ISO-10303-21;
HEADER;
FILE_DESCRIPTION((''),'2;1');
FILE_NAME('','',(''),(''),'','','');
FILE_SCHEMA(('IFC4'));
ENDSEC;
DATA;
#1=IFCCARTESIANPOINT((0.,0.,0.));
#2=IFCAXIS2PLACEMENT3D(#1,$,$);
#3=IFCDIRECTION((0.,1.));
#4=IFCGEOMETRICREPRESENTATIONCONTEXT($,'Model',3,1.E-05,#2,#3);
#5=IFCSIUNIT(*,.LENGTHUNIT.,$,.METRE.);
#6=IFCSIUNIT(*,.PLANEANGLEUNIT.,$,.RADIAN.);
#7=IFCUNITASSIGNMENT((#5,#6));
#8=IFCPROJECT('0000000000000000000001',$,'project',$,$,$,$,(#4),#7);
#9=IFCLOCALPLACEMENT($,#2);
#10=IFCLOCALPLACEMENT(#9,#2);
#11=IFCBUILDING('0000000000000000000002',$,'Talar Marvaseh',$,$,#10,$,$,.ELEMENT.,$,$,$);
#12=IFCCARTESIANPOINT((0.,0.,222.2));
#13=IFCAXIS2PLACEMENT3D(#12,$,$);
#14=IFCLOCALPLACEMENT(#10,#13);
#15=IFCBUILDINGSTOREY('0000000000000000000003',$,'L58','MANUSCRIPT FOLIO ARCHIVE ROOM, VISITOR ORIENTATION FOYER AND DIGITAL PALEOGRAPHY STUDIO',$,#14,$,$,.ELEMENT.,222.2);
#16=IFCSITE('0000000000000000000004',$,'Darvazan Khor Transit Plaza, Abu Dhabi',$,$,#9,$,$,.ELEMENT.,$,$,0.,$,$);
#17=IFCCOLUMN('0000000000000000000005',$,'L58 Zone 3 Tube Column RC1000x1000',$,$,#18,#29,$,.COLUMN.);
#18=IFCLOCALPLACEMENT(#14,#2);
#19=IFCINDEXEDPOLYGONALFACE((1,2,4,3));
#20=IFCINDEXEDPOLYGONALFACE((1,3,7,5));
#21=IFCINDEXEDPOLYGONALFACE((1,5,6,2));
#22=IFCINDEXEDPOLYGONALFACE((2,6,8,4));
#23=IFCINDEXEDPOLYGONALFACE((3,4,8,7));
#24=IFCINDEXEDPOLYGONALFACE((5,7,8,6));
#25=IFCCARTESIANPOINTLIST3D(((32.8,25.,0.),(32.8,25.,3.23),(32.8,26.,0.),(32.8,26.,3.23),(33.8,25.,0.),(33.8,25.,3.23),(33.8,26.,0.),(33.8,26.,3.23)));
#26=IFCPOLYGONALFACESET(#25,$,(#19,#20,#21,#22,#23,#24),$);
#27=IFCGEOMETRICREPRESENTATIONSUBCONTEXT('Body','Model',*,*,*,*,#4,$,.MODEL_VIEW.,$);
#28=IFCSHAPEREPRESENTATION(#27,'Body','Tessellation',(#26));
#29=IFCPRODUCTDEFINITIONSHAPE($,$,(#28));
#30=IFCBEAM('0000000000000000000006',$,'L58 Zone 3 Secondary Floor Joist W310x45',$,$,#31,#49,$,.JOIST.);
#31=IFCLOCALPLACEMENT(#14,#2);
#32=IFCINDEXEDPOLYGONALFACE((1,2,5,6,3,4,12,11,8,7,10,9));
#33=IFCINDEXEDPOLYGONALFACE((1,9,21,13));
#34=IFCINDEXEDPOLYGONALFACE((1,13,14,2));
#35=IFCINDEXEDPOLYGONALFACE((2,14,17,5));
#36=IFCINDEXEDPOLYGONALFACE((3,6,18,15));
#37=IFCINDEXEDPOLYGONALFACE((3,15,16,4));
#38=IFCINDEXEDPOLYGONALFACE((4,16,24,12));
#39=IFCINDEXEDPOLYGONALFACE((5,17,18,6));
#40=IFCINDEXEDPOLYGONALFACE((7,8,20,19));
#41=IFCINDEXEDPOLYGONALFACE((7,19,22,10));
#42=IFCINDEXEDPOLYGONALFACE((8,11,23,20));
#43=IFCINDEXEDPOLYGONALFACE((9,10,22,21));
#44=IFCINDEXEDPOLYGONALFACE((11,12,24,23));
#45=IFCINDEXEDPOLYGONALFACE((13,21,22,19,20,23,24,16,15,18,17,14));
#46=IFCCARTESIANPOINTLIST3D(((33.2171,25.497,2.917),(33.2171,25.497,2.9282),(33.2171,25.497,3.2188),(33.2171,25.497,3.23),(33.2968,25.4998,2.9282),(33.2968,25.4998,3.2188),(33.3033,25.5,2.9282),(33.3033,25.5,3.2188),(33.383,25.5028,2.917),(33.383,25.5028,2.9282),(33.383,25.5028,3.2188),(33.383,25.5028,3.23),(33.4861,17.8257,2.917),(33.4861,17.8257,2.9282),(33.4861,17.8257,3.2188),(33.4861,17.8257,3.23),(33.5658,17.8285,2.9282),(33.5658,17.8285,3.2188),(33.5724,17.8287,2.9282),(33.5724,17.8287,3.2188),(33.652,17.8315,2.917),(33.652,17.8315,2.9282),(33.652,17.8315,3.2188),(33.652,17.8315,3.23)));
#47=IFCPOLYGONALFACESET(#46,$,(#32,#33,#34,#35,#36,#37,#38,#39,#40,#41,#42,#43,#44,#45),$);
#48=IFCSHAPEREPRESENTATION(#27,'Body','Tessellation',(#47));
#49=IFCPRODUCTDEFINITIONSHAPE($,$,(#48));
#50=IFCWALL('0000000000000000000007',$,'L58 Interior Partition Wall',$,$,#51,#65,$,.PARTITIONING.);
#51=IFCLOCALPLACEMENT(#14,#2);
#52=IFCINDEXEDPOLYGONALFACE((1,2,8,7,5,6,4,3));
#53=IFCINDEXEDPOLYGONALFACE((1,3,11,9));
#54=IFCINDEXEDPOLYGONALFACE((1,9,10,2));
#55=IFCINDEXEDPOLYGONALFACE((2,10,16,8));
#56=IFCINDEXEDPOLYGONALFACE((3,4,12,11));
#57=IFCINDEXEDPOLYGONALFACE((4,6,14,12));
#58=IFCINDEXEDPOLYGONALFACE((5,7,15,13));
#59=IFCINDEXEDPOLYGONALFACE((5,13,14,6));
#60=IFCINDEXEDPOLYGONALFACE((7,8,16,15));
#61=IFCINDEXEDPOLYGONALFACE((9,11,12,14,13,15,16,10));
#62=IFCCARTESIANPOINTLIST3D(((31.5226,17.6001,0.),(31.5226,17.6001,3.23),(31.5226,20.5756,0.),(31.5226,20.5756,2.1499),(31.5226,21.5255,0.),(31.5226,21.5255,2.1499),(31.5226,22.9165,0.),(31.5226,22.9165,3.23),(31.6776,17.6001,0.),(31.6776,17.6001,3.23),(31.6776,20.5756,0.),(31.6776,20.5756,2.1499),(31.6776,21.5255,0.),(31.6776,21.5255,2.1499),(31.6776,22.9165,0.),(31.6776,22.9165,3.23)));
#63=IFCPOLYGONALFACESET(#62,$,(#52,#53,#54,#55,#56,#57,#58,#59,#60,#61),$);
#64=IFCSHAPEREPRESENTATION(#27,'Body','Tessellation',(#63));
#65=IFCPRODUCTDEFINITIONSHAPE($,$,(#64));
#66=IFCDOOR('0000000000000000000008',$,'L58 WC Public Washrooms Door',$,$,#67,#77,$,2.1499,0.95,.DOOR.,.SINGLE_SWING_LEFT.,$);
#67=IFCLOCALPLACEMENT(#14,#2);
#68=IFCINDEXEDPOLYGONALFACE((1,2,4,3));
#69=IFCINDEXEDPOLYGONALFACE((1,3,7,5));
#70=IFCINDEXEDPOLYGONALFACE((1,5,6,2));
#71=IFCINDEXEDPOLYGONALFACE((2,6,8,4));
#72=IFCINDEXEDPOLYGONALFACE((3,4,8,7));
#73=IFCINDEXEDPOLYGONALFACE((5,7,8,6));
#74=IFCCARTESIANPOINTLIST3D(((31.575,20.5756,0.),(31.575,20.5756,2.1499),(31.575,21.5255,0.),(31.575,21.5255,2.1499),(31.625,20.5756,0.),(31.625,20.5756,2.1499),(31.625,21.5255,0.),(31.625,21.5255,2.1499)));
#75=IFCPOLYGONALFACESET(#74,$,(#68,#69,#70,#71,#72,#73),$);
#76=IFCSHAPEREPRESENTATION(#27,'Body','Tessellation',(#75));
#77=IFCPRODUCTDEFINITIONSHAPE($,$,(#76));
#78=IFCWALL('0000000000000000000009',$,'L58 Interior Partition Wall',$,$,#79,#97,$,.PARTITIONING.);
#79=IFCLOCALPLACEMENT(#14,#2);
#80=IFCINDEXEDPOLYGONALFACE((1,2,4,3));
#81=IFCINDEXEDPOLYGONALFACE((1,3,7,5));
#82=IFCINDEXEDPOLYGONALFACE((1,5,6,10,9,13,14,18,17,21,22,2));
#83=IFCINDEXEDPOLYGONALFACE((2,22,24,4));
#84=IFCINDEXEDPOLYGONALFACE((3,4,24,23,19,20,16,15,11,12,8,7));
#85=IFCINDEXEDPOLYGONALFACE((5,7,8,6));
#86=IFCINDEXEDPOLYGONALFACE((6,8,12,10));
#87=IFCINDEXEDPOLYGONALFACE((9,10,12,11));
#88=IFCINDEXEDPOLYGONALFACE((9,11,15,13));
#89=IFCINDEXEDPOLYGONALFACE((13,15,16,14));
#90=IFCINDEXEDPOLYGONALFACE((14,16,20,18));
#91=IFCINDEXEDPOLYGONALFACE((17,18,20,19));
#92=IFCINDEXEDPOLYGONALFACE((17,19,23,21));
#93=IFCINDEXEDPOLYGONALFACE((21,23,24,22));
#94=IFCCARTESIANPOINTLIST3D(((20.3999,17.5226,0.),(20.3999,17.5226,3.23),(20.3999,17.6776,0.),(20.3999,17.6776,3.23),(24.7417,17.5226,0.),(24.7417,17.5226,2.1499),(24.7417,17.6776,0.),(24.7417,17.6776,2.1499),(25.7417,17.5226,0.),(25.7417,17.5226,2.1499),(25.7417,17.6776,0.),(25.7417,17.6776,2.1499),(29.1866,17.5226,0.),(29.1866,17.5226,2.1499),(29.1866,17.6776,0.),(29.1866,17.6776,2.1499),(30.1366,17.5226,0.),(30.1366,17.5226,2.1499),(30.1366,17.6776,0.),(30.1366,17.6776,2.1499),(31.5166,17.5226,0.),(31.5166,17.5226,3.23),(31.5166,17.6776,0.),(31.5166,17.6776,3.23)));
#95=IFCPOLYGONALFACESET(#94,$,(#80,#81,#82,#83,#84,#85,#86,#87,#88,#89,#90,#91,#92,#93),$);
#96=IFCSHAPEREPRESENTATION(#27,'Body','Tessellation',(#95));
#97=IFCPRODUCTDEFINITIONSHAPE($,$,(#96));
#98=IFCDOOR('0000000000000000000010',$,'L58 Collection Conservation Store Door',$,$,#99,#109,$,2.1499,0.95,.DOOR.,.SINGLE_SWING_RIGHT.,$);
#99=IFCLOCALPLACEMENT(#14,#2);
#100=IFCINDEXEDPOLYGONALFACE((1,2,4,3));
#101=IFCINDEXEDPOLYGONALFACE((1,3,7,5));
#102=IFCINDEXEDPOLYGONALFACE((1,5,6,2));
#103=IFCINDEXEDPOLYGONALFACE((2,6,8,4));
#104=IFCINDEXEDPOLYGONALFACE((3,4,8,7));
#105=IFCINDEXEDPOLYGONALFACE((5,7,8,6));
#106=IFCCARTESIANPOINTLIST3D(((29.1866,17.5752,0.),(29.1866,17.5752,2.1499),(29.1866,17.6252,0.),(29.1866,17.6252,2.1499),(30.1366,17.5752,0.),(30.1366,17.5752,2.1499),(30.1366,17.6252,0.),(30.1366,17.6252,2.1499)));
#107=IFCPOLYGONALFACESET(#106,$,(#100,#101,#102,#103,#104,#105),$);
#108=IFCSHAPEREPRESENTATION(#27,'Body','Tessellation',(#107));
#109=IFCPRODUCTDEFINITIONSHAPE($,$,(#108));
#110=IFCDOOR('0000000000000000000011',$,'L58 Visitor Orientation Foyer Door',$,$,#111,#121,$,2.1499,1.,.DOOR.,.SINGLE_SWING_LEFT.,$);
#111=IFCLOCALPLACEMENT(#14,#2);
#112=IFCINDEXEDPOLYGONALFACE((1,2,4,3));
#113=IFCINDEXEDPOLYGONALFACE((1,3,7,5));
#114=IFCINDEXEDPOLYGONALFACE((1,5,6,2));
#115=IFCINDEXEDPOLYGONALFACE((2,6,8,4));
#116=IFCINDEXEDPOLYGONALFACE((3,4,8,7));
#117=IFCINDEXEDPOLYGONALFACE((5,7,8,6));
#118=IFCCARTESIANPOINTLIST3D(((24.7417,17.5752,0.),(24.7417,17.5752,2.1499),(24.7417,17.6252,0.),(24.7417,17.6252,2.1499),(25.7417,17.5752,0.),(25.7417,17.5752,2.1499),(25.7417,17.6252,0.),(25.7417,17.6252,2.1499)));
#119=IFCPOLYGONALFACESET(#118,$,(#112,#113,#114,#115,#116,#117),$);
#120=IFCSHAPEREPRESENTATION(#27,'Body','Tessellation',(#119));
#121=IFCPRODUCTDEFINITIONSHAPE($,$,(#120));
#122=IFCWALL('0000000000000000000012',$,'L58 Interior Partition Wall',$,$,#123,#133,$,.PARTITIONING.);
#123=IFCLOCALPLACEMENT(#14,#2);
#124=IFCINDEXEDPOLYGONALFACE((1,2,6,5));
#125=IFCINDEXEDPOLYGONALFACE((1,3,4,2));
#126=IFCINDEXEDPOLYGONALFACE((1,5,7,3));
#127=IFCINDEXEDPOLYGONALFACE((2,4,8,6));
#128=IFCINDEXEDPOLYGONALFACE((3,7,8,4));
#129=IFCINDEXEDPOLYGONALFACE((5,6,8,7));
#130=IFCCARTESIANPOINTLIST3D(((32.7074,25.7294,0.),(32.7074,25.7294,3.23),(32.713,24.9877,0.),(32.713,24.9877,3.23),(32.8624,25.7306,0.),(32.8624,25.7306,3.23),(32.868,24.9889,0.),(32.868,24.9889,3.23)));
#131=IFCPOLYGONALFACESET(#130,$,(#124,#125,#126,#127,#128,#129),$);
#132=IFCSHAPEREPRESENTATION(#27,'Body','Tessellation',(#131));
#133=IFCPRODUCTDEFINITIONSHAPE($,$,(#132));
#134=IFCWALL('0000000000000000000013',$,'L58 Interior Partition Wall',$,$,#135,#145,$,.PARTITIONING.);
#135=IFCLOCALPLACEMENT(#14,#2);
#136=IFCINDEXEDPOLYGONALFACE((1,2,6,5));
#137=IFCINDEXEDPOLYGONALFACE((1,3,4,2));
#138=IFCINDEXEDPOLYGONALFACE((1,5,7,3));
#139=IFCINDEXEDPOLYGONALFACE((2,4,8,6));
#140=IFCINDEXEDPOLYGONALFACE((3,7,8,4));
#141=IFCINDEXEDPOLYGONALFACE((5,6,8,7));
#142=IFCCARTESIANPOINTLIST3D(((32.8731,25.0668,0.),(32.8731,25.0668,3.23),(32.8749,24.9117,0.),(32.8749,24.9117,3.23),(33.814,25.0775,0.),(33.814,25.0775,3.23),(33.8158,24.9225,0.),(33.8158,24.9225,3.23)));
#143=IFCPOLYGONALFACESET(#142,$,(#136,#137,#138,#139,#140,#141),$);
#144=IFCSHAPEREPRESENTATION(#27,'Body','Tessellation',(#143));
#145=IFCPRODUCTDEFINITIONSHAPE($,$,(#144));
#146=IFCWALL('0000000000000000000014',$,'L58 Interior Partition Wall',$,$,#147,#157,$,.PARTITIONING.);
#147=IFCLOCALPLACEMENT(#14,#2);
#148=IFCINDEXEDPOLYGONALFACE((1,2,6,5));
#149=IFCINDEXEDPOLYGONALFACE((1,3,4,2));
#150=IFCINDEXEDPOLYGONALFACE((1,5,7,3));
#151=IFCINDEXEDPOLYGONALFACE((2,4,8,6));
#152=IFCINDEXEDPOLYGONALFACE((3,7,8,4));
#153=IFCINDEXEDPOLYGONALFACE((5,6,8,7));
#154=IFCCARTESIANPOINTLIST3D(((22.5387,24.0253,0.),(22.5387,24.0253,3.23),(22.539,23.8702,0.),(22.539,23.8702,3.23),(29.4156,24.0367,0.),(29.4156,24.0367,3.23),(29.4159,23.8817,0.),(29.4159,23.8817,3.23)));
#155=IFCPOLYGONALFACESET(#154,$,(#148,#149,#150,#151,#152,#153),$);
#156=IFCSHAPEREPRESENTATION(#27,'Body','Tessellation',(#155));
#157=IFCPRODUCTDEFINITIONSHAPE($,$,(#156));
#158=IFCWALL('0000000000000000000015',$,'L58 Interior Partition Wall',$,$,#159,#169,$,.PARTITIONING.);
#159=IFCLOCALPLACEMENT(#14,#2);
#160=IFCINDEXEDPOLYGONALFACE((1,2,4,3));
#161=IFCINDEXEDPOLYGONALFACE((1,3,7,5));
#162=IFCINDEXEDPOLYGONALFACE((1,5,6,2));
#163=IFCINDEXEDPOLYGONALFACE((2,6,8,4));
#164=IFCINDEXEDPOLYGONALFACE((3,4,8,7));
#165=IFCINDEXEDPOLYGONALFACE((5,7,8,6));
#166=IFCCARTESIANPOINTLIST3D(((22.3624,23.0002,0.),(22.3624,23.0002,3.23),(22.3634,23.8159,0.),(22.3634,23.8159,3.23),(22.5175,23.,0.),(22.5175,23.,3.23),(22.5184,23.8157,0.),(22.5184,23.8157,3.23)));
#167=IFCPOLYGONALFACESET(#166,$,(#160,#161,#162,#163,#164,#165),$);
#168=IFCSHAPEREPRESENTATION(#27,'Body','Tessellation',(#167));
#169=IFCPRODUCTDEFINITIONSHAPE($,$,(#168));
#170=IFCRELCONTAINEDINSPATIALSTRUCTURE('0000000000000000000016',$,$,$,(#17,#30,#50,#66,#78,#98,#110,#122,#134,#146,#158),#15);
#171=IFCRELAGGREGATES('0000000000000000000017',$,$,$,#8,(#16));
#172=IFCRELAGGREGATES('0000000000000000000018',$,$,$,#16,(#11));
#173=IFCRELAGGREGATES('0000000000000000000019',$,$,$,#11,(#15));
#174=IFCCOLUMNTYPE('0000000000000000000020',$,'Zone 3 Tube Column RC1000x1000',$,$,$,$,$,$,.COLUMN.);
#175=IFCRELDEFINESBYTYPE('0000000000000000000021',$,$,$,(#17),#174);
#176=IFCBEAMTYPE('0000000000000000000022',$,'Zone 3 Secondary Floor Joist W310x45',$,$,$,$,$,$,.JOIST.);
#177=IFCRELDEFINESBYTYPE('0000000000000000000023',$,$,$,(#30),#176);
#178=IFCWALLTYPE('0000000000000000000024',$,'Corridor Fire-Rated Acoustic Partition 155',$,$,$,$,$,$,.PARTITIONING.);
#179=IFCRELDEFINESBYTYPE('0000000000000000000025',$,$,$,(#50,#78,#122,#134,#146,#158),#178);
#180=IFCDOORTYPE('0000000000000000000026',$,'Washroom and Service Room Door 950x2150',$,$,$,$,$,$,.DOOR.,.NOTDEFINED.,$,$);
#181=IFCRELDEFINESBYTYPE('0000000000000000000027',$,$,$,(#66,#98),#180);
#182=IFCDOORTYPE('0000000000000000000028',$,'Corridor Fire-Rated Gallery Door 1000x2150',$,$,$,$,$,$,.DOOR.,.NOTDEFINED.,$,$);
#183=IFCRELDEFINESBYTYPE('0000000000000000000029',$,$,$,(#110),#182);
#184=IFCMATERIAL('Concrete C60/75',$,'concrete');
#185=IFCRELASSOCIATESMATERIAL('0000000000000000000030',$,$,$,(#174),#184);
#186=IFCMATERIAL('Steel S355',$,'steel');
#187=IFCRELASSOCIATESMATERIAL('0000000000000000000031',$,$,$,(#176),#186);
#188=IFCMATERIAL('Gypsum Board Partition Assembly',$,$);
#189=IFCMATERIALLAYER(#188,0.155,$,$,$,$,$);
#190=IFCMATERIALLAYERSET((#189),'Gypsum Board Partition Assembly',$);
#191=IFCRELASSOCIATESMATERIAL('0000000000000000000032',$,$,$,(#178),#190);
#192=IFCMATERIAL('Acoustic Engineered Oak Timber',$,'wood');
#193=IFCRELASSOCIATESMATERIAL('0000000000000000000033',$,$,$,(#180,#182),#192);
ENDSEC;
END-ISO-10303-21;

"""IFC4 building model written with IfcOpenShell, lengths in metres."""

from ifc_helpers import new_model, si_unit, direction, frame, frame_2d, origin, origin_2d, place, context, subcontext, project, spatial, rectangle, i_section, extrude, source, transform, mapped, material, layer, layer_set, material_profile, profile_set, type_object, type_shapes, element, fill, save


model = new_model("IFC4")

# Units and contexts
model_context = context("Model", 3, precision=1e-05, world=origin(), true_north=direction((0.0, 1.0)))
body_context = subcontext(model_context, "Body", "Model", "MODEL_VIEW")
ifc_project = project(units=[si_unit("LENGTHUNIT", "METRE"), si_unit("PLANEANGLEUNIT", "RADIAN")], contexts=[model_context])

# Site, building, storey
site_placement = place(None, origin())
site = spatial("IfcSite", under=ifc_project, at=site_placement, Name="Darvazan Khor Transit Plaza, Abu Dhabi", CompositionType="ELEMENT", RefElevation=0.0)
building_placement = place(site_placement, origin())
building = spatial("IfcBuilding", under=site, at=building_placement, Name="Talar Marvaseh", CompositionType="ELEMENT")
storey_placement = place(building_placement, frame((0.0, 0.0, 222.2)))
storey = spatial("IfcBuildingStorey", under=building, at=storey_placement, Name="L58", Description="MANUSCRIPT FOLIO ARCHIVE ROOM, VISITOR ORIENTATION FOYER AND DIGITAL PALEOGRAPHY STUDIO", CompositionType="ELEMENT", Elevation=222.2)

# Column
ifc_material_1 = material(Name="Concrete C60/75", Category="concrete")
ifc_material_profile_1 = material_profile(ifc_material_1, rectangle(XDim=1.0, YDim=1.0, at=origin_2d()), Name="RC1000x1000")
ifc_profile_set_1 = profile_set([ifc_material_profile_1], Name="Concrete C60/75")
column_type = type_object("IfcColumnType", Name="Zone 3 Tube Column RC1000x1000", PredefinedType="COLUMN", material=ifc_profile_set_1)
column_placement = place(storey_placement, frame((33.3, 25.5, 0.0), z_axis=(0.0, 0.0, 1.0), x_axis=(1.0, 0.0, 0.0)))
element("IfcColumn", 1, at=column_placement, inside=storey, type_object=column_type, Name="L58 Zone 3 Tube Column RC1000x1000", PredefinedType="COLUMN", context=body_context, shape_type="SweptSolid", body=[
    extrude(rectangle(XDim=1.0, YDim=1.0, at=origin_2d()), origin(), (0.0, 0.0, 1.0), 3.23),
])

# Beam
ifc_material_2 = material(Name="Steel S355", Category="steel")
ifc_material_profile_2 = material_profile(ifc_material_2, i_section(OverallWidth=0.166, OverallDepth=0.313, WebThickness=0.0066, FlangeThickness=0.0112, at=origin_2d()), Name="W310x45")
ifc_profile_set_2 = profile_set([ifc_material_profile_2], Name="Steel S355")
beam_type = type_object("IfcBeamType", Name="Zone 3 Secondary Floor Joist W310x45", PredefinedType="JOIST", material=ifc_profile_set_2)
beam_placement = place(storey_placement, frame((33.5691, 17.8286, 3.0735), z_axis=(-0.035049, 0.999386, 0.0), x_axis=(-0.999386, -0.035049, 0.0)))
element("IfcBeam", 2, at=beam_placement, inside=storey, type_object=beam_type, Name="L58 Zone 3 Secondary Floor Joist W310x45", PredefinedType="JOIST", context=body_context, shape_type="SweptSolid", body=[
    extrude(i_section(OverallWidth=0.166, OverallDepth=0.313, WebThickness=0.0066, FlangeThickness=0.0112, at=origin_2d()), origin(), (0.0, 0.0, 1.0), 7.676),
])

# Wall, opening, door
ifc_material_3 = material(Name="Gypsum Board Partition Assembly")
ifc_layer_1 = layer(ifc_material_3, 0.155)
ifc_layer_set_1 = layer_set([ifc_layer_1], Name="Gypsum Board Partition Assembly")
wall_type_1 = type_object("IfcWallType", Name="Corridor Fire-Rated Acoustic Partition 155", PredefinedType="PARTITIONING", material=ifc_layer_set_1)
wall_1_placement = place(storey_placement, frame((31.6001, 22.9165, 0.0), z_axis=(0.0, 0.0, 1.0), x_axis=(0.0, -1.0, 0.0)))
wall_1 = element("IfcWall", 3, at=wall_1_placement, inside=storey, type_object=wall_type_1, Name="L58 Interior Partition Wall", PredefinedType="PARTITIONING", context=body_context, shape_type="SweptSolid", body=[
    extrude(rectangle(XDim=5.3164, YDim=0.155, at=frame_2d((2.6582, 0.0))), origin(), (0.0, 0.0, 1.0), 3.23),
])
opening_1_placement = place(wall_1_placement, frame((1.3909, 0.0, 0.0)))
opening_1 = element("IfcOpeningElement", 4, at=opening_1_placement, cuts=wall_1, PredefinedType="OPENING", context=body_context, shape_type="SweptSolid", body=[
    extrude(rectangle(XDim=0.95, YDim=2.1499, at=frame_2d((0.4751, 1.075))), frame((0.0, 0.0874, 0.0), z_axis=(0.0, -1.0, 0.0), x_axis=(1.0, 0.0, 0.0)), (0.0, 0.0, 1.0), 0.175),
])
ifc_material_4 = material(Name="Acoustic Engineered Oak Timber", Category="wood")
door_type_1 = type_object("IfcDoorType", Name="Washroom and Service Room Door 950x2150", OperationType="NOTDEFINED", PredefinedType="DOOR", material=ifc_material_4)
shared_shape_1 = source(origin(), body_context, "Body", "SweptSolid", [
    extrude(rectangle(XDim=0.95, YDim=2.1499, at=frame_2d((0.4751, 1.075))), frame((0.0, 0.0249, 0.0), z_axis=(0.0, -1.0, 0.0), x_axis=(1.0, 0.0, 0.0)), (0.0, 0.0, 1.0), 0.05),
])
type_shapes(door_type_1, [shared_shape_1])
door_1_placement = place(opening_1_placement, origin())
door_1 = element("IfcDoor", 5, at=door_1_placement, inside=storey, type_object=door_type_1, Name="L58 WC Public Washrooms Door", OperationType="SINGLE_SWING_LEFT", OverallHeight=2.1499, OverallWidth=0.95, PredefinedType="DOOR", context=body_context, shape_type="MappedRepresentation", body=[
    mapped(shared_shape_1, transform((0.0, 0.0, 0.0), x_axis=(1.0, 0.0, 0.0), y_axis=(0.0, 1.0, 0.0), z_axis=(0.0, 0.0, 1.0), scale=1.0)),
])
fill(opening_1, door_1)

# Wall, openings, doors
wall_2_placement = place(storey_placement, frame((31.5166, 17.6001, 0.0), z_axis=(0.0, 0.0, 1.0), x_axis=(-1.0, 0.0, 0.0)))
wall_2 = element("IfcWall", 6, at=wall_2_placement, inside=storey, type_object=wall_type_1, Name="L58 Interior Partition Wall", PredefinedType="PARTITIONING", context=body_context, shape_type="SweptSolid", body=[
    extrude(rectangle(XDim=11.1167, YDim=0.155, at=frame_2d((5.5583, 0.0))), origin(), (0.0, 0.0, 1.0), 3.23),
])
opening_2_placement = place(wall_2_placement, frame((5.7749, 0.0, 0.0)))
opening_2 = element("IfcOpeningElement", 7, at=opening_2_placement, cuts=wall_2, PredefinedType="OPENING", context=body_context, shape_type="SweptSolid", body=[
    extrude(rectangle(XDim=1.0, YDim=2.1499, at=frame_2d((0.5, 1.075))), frame((0.0, 0.0874, 0.0), z_axis=(0.0, -1.0, 0.0), x_axis=(1.0, 0.0, 0.0)), (0.0, 0.0, 1.0), 0.175),
])
opening_3_placement = place(wall_2_placement, frame((1.3799, 0.0, 0.0)))
opening_3 = element("IfcOpeningElement", 8, at=opening_3_placement, cuts=wall_2, PredefinedType="OPENING", context=body_context, shape_type="SweptSolid", body=[
    extrude(rectangle(XDim=0.95, YDim=2.1499, at=frame_2d((0.4751, 1.075))), frame((0.0, 0.0874, 0.0), z_axis=(0.0, -1.0, 0.0), x_axis=(1.0, 0.0, 0.0)), (0.0, 0.0, 1.0), 0.175),
])
door_2_placement = place(opening_3_placement, origin())
door_2 = element("IfcDoor", 9, at=door_2_placement, inside=storey, type_object=door_type_1, Name="L58 Collection Conservation Store Door", OperationType="SINGLE_SWING_RIGHT", OverallHeight=2.1499, OverallWidth=0.95, PredefinedType="DOOR", context=body_context, shape_type="MappedRepresentation", body=[
    mapped(shared_shape_1, transform((0.0, 0.0, 0.0), x_axis=(1.0, 0.0, 0.0), y_axis=(0.0, 1.0, 0.0), z_axis=(0.0, 0.0, 1.0), scale=1.0)),
])
fill(opening_3, door_2)
door_type_2 = type_object("IfcDoorType", Name="Corridor Fire-Rated Gallery Door 1000x2150", OperationType="NOTDEFINED", PredefinedType="DOOR", material=ifc_material_4)
shared_shape_2 = source(origin(), body_context, "Body", "SweptSolid", [
    extrude(rectangle(XDim=1.0, YDim=2.1499, at=frame_2d((0.5, 1.075))), frame((0.0, 0.0249, 0.0), z_axis=(0.0, -1.0, 0.0), x_axis=(1.0, 0.0, 0.0)), (0.0, 0.0, 1.0), 0.05),
])
type_shapes(door_type_2, [shared_shape_2])
door_3_placement = place(opening_2_placement, origin())
door_3 = element("IfcDoor", 10, at=door_3_placement, inside=storey, type_object=door_type_2, Name="L58 Visitor Orientation Foyer Door", OperationType="SINGLE_SWING_LEFT", OverallHeight=2.1499, OverallWidth=1.0, PredefinedType="DOOR", context=body_context, shape_type="MappedRepresentation", body=[
    mapped(shared_shape_2, transform((0.0, 0.0, 0.0), x_axis=(1.0, 0.0, 0.0), y_axis=(0.0, 1.0, 0.0), z_axis=(0.0, 0.0, 1.0), scale=1.0)),
])
fill(opening_2, door_3)

# Walls
wall_3_placement = place(storey_placement, frame((32.7849, 25.73, 0.0), z_axis=(0.0, 0.0, 1.0), x_axis=(0.007571, -0.999971, 0.0)))
element("IfcWall", 11, at=wall_3_placement, inside=storey, type_object=wall_type_1, Name="L58 Interior Partition Wall", PredefinedType="PARTITIONING", context=body_context, shape_type="SweptSolid", body=[
    extrude(rectangle(XDim=0.7417, YDim=0.155, at=frame_2d((0.3708, 0.0))), origin(), (0.0, 0.0, 1.0), 3.23),
])
wall_4_placement = place(storey_placement, frame((32.874, 24.9893, 0.0), z_axis=(0.0, 0.0, 1.0), x_axis=(0.999935, 0.011416, 0.0)))
element("IfcWall", 12, at=wall_4_placement, inside=storey, type_object=wall_type_1, Name="L58 Interior Partition Wall", PredefinedType="PARTITIONING", context=body_context, shape_type="SweptSolid", body=[
    extrude(rectangle(XDim=0.9409, YDim=0.155, at=frame_2d((0.4705, 0.0))), origin(), (0.0, 0.0, 1.0), 3.23),
])
wall_5_placement = place(storey_placement, frame((29.4158, 23.9592, 0.0), z_axis=(0.0, 0.0, 1.0), x_axis=(-0.999999, -0.001669, 0.0)))
element("IfcWall", 13, at=wall_5_placement, inside=storey, type_object=wall_type_1, Name="L58 Interior Partition Wall", PredefinedType="PARTITIONING", context=body_context, shape_type="SweptSolid", body=[
    extrude(rectangle(XDim=6.877, YDim=0.155, at=frame_2d((3.4385, 0.0))), origin(), (0.0, 0.0, 1.0), 3.23),
])
wall_6_placement = place(storey_placement, frame((22.4409, 23.8157, 0.0), z_axis=(0.0, 0.0, 1.0), x_axis=(-0.001197, -0.999999, 0.0)))
element("IfcWall", 14, at=wall_6_placement, inside=storey, type_object=wall_type_1, Name="L58 Interior Partition Wall", PredefinedType="PARTITIONING", context=body_context, shape_type="SweptSolid", body=[
    extrude(rectangle(XDim=0.8157, YDim=0.155, at=frame_2d((0.4077, 0.0))), origin(), (0.0, 0.0, 1.0), 3.23),
])

save(model, "model.ifc")
